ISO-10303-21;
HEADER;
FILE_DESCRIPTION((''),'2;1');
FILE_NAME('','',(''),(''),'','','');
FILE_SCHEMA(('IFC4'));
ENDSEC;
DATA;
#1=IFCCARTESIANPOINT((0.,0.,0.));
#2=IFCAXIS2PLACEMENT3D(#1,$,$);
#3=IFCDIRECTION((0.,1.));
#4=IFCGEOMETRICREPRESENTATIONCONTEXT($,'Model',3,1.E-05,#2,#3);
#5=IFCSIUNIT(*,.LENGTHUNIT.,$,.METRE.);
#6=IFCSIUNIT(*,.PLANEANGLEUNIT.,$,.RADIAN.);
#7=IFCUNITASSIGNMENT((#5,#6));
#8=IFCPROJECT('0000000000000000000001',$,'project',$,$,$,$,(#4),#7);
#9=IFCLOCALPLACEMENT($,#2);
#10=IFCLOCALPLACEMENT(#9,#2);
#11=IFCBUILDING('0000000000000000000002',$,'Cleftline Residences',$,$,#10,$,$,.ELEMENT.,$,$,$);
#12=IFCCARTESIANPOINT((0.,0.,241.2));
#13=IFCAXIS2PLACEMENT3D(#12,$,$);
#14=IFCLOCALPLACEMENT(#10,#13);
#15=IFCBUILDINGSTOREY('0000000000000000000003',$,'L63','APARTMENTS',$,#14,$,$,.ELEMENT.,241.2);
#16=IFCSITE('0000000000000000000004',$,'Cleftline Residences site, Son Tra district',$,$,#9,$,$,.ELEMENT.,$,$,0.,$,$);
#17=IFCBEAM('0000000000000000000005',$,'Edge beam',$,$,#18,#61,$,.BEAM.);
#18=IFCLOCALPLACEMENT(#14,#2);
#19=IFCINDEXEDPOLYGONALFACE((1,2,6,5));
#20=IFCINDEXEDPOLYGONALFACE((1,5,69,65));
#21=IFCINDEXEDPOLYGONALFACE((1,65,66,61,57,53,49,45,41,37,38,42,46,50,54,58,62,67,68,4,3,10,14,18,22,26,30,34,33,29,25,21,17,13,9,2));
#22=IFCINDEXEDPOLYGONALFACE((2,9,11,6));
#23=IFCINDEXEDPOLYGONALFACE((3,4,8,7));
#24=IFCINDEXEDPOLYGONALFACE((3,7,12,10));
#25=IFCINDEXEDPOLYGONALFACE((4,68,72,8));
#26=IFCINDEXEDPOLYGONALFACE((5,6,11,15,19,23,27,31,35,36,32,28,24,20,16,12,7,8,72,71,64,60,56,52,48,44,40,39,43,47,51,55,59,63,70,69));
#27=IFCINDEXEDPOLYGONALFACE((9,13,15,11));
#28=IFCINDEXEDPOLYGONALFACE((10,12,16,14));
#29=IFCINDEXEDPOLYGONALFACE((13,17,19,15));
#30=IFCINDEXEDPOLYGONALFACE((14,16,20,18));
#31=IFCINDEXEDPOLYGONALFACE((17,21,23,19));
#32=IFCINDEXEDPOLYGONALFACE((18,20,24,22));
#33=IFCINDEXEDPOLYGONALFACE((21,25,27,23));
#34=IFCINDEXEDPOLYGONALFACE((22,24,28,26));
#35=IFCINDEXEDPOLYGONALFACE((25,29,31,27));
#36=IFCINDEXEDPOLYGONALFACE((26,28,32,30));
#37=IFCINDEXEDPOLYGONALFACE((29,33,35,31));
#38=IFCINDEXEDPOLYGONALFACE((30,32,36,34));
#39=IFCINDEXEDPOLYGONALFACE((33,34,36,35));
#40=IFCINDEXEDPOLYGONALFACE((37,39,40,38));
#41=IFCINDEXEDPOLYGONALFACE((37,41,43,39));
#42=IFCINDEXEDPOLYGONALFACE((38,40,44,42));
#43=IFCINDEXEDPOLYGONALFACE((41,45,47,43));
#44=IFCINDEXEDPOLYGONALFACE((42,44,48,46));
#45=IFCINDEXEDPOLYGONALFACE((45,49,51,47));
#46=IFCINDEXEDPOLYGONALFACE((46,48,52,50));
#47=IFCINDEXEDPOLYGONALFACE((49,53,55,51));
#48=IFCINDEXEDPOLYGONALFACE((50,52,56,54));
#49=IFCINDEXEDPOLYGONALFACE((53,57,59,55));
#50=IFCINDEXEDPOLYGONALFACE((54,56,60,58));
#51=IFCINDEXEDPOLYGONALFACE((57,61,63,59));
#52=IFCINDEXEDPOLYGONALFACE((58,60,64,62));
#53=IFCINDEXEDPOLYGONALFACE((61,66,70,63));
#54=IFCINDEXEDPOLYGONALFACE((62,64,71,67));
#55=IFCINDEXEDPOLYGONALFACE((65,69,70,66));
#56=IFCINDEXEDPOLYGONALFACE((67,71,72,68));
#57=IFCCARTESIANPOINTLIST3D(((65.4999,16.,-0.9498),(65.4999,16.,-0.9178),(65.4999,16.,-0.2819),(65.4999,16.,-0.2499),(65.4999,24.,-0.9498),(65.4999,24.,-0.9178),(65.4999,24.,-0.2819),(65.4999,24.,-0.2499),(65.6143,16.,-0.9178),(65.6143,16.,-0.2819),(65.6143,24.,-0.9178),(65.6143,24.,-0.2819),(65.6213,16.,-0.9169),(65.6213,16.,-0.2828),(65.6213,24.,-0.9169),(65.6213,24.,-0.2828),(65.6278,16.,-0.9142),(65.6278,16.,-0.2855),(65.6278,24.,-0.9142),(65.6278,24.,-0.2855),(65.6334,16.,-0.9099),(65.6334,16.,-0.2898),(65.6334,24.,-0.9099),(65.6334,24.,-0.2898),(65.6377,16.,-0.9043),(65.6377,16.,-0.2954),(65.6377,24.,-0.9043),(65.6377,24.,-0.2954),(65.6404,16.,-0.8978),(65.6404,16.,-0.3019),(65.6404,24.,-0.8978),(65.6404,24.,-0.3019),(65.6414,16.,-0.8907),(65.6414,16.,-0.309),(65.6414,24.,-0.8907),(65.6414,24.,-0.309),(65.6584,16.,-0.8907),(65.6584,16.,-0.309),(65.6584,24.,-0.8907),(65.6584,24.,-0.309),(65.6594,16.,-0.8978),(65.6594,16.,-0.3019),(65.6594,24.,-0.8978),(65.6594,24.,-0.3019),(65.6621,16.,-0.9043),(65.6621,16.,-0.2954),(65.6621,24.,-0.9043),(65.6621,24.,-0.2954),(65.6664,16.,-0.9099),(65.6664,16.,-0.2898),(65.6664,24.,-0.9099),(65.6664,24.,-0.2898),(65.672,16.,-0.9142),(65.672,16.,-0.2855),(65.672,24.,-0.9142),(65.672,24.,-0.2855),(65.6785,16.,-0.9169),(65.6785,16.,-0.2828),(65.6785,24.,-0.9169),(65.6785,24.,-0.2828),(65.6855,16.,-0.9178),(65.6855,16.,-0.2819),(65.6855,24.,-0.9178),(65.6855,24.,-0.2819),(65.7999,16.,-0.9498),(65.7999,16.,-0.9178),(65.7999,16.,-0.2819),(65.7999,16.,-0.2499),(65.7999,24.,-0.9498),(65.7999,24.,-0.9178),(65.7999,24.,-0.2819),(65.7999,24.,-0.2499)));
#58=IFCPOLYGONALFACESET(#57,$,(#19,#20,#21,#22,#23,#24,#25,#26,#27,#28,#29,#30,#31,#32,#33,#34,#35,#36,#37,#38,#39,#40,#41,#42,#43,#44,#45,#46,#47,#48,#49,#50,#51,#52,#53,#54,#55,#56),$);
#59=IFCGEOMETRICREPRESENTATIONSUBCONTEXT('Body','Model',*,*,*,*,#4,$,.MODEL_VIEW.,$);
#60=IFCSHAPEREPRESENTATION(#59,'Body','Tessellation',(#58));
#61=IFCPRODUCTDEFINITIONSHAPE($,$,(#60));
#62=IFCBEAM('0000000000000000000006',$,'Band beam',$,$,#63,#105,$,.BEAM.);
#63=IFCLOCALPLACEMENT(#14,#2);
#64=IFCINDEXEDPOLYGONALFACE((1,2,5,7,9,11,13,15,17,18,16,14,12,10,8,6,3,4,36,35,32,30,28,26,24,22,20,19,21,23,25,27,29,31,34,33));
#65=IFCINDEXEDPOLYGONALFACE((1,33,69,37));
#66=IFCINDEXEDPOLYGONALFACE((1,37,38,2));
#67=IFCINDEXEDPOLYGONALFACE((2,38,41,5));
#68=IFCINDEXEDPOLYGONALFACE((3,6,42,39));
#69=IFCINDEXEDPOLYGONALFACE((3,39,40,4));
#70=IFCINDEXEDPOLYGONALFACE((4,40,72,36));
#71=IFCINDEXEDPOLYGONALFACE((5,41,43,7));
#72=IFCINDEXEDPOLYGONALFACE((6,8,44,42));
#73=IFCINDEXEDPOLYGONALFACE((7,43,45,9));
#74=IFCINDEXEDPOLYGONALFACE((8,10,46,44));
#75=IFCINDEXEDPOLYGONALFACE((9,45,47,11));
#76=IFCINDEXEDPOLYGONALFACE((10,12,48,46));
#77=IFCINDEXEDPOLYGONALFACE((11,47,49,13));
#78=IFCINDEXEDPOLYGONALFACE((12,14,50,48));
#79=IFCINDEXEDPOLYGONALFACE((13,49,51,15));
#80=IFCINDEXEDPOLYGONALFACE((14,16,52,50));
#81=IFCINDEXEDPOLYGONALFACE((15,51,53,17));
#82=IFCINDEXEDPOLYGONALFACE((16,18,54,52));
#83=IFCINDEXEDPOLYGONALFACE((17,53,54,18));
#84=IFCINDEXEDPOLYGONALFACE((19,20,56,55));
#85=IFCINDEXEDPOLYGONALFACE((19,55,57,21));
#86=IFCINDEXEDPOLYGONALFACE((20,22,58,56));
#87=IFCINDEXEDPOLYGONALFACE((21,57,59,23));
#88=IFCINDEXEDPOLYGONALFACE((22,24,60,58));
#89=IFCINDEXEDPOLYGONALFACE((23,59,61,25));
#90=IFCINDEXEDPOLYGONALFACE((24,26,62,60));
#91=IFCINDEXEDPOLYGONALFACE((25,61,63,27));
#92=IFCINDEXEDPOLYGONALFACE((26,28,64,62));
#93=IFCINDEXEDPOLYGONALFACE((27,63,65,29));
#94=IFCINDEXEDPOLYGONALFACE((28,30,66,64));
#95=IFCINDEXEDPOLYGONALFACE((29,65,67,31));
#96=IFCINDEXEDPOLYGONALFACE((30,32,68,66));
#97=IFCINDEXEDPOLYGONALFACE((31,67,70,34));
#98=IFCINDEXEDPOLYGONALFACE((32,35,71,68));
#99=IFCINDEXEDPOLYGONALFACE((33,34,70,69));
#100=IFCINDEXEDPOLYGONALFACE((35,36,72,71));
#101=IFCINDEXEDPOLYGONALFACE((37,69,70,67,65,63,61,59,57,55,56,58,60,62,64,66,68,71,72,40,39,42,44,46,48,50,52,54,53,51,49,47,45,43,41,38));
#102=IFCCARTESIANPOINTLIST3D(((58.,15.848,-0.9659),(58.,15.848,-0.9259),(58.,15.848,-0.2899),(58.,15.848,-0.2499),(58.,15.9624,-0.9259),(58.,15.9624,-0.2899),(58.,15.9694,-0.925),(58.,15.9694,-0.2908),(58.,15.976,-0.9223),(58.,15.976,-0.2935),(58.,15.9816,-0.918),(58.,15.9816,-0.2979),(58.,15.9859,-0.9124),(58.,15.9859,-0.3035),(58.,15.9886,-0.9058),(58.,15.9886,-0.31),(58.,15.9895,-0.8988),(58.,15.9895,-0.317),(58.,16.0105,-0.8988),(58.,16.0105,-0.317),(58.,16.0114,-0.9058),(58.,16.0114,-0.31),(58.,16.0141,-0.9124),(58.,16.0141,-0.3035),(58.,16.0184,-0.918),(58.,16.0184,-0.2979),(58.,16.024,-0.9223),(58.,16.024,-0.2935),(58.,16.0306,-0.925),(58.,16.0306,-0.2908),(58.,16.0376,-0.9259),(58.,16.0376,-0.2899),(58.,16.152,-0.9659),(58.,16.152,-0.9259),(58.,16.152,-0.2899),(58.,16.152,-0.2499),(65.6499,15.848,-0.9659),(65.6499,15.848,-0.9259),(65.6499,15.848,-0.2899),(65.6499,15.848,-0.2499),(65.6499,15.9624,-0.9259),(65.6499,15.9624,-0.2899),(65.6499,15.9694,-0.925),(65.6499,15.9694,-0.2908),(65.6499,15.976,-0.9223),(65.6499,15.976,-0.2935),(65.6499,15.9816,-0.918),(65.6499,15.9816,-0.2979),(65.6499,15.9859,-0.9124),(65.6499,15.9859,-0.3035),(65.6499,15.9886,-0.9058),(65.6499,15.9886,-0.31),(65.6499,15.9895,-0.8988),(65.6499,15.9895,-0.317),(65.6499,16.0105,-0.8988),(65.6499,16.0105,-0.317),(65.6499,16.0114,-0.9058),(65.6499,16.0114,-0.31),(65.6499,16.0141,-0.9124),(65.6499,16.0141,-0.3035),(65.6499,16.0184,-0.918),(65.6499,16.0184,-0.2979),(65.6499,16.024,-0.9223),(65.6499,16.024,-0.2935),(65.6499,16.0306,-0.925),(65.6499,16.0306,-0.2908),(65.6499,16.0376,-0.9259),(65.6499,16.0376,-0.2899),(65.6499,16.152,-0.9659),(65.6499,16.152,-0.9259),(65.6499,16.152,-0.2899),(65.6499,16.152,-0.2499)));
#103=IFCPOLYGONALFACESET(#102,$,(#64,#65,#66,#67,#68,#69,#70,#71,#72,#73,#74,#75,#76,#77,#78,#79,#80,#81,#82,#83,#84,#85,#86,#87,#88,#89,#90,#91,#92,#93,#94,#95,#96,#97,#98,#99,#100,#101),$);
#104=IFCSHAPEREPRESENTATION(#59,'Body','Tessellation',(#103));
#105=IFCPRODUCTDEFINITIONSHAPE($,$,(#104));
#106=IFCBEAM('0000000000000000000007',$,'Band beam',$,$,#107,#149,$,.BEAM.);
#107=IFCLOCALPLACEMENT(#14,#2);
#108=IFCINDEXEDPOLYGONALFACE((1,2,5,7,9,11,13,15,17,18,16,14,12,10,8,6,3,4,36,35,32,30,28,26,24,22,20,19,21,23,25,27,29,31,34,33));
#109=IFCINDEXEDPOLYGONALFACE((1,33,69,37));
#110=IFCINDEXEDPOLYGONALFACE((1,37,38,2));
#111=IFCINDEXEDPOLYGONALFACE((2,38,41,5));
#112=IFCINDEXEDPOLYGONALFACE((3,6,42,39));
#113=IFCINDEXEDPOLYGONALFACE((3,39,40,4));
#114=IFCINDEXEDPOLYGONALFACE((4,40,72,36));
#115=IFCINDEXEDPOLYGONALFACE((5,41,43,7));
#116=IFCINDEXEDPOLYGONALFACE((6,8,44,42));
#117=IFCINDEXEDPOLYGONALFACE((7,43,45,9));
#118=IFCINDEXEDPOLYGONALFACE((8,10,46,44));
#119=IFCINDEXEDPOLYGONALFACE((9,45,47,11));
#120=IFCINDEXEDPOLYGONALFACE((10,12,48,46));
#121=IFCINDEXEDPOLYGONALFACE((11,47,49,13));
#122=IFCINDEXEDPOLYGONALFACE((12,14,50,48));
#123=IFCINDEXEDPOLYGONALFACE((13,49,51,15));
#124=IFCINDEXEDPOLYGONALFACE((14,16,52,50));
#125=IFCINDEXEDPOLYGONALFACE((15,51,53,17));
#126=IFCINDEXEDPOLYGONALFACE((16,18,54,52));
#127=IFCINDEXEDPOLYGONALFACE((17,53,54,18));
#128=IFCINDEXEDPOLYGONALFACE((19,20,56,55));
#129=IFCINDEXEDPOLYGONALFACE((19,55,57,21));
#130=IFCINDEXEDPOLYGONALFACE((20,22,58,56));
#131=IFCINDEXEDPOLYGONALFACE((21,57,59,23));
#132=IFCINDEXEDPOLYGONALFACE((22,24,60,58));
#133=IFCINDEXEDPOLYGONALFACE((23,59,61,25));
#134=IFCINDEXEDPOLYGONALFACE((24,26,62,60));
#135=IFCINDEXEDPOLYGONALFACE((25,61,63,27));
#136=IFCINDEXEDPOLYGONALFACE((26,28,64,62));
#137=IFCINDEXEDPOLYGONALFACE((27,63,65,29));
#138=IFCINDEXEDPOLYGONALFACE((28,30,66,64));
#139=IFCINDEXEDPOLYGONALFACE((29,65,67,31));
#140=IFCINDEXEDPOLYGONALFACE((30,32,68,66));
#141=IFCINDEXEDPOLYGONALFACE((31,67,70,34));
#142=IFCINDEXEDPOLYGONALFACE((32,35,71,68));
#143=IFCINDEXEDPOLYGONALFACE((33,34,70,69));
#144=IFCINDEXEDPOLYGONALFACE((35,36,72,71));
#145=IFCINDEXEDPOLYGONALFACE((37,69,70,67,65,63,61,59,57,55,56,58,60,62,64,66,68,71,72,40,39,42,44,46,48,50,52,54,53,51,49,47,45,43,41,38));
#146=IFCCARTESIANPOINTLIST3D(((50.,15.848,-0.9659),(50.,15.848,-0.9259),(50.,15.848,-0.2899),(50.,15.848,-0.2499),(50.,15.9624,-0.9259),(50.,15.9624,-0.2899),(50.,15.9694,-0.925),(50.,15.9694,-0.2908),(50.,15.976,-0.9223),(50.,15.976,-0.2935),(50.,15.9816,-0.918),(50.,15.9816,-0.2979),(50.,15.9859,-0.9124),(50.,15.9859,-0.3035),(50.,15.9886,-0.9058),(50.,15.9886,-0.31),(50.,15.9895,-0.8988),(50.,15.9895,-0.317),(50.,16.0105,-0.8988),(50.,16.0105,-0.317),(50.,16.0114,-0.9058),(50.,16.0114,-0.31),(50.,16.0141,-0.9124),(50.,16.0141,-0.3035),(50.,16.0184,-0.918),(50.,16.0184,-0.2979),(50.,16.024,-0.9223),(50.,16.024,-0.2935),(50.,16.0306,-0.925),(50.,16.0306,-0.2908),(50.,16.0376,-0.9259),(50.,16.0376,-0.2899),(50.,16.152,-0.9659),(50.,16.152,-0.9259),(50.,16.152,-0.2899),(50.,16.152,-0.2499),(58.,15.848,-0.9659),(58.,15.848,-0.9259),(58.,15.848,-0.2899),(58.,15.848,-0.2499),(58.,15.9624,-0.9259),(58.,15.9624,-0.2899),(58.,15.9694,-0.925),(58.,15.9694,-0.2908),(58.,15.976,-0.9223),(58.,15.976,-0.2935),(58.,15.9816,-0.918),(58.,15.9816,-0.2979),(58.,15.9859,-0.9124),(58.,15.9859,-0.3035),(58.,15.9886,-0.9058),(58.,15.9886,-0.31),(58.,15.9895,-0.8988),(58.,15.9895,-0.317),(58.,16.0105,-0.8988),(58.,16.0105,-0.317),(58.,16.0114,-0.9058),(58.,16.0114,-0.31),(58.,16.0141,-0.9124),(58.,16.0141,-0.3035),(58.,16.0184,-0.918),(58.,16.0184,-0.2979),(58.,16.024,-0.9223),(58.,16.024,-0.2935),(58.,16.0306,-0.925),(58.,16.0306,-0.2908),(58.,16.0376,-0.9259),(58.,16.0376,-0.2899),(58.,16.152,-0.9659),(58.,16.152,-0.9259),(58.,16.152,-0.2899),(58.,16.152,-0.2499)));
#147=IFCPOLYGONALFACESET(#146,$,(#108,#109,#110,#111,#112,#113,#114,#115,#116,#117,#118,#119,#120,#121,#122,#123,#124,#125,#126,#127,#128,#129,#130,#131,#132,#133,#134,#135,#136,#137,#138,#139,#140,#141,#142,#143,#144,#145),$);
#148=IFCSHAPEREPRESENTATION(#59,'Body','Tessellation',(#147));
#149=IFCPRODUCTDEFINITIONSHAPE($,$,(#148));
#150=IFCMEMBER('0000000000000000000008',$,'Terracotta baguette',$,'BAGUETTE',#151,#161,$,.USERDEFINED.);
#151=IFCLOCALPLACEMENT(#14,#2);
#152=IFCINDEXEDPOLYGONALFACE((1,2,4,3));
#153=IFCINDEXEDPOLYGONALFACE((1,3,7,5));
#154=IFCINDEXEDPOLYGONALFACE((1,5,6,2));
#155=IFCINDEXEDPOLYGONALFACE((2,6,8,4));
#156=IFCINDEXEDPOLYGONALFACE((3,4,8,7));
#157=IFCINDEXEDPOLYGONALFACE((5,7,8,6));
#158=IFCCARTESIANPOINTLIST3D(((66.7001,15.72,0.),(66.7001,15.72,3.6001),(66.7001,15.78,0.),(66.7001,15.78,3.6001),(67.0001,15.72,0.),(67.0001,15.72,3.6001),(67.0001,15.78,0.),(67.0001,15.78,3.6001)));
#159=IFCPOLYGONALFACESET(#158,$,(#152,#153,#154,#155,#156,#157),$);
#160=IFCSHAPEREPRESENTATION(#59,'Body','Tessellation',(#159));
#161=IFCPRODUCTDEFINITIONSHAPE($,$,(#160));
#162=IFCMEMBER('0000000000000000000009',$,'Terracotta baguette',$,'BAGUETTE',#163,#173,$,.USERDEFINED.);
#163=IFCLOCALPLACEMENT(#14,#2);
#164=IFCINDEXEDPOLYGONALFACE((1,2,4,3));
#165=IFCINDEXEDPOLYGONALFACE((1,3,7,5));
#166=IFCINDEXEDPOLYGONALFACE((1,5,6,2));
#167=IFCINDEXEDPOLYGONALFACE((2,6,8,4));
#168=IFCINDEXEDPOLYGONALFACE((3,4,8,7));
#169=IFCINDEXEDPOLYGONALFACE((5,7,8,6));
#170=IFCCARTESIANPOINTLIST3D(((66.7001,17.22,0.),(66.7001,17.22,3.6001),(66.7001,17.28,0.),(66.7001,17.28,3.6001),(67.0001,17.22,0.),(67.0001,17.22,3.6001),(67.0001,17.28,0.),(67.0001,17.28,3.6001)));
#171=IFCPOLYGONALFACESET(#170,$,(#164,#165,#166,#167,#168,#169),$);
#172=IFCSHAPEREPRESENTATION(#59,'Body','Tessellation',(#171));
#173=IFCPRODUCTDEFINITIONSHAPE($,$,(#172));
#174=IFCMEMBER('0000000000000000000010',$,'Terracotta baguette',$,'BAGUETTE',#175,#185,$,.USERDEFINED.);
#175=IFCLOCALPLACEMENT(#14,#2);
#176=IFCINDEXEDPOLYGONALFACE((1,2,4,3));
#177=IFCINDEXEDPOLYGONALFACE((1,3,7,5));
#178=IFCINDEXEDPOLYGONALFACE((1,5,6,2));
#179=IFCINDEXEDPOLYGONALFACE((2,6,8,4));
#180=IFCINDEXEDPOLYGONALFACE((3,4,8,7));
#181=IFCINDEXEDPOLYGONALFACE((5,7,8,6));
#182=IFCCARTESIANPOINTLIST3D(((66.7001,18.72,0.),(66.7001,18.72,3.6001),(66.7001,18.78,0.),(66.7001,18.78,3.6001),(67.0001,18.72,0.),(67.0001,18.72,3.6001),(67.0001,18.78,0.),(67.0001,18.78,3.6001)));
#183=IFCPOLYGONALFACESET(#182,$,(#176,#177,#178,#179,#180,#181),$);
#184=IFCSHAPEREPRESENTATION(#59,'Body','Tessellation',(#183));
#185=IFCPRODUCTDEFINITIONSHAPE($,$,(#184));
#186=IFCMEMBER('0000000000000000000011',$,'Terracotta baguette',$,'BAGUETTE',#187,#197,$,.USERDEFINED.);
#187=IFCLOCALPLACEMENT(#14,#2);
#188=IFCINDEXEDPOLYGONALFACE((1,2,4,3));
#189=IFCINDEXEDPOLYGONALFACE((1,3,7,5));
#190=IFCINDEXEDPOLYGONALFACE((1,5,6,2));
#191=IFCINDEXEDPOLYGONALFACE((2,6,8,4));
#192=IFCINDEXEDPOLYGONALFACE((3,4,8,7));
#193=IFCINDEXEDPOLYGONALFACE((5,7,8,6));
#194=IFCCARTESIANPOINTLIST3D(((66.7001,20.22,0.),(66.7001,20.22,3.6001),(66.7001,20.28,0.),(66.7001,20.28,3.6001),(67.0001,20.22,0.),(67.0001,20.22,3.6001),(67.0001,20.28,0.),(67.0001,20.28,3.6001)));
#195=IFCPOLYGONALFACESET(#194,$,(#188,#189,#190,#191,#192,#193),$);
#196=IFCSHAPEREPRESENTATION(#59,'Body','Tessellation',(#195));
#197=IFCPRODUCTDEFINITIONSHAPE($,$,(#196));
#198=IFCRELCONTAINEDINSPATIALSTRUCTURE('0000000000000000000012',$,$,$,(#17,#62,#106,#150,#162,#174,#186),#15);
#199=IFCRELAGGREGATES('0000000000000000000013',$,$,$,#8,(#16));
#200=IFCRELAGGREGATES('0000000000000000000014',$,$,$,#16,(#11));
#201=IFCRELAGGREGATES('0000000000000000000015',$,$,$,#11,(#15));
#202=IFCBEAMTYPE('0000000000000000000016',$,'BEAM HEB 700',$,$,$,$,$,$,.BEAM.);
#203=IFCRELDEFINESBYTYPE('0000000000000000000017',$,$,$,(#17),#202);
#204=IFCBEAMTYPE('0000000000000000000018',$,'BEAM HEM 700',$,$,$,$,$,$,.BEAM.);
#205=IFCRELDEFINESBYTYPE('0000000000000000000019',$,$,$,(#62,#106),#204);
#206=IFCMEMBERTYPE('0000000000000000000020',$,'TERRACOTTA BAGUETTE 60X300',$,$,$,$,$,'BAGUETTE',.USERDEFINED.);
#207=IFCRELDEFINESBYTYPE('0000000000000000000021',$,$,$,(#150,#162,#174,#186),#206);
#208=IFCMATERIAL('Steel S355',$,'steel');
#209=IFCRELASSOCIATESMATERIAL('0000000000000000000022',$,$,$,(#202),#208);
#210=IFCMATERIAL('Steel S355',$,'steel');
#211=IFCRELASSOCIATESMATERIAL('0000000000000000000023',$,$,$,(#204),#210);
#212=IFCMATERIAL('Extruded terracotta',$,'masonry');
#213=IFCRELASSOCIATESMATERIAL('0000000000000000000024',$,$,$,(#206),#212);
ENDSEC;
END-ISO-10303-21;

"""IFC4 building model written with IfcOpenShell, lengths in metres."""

from ifc_helpers import new_model, si_unit, direction, frame, origin, origin_2d, place, context, subcontext, project, spatial, rectangle, i_section, extrude, material, material_profile, profile_set, type_object, element, save


model = new_model("IFC4")

# Units and contexts
model_context = context("Model", 3, precision=1e-05, world=origin(), true_north=direction((0.0, 1.0)))
body_context = subcontext(model_context, "Body", "Model", "MODEL_VIEW")
ifc_project = project(units=[si_unit("LENGTHUNIT", "METRE"), si_unit("PLANEANGLEUNIT", "RADIAN")], contexts=[model_context])

# Site, building, storey
site_placement = place(None, origin())
site = spatial("IfcSite", under=ifc_project, at=site_placement, Name="Cleftline Residences site, Son Tra district", CompositionType="ELEMENT", RefElevation=0.0)
building_placement = place(site_placement, origin())
building = spatial("IfcBuilding", under=site, at=building_placement, Name="Cleftline Residences", CompositionType="ELEMENT")
storey_placement = place(building_placement, frame((0.0, 0.0, 241.2)))
storey = spatial("IfcBuildingStorey", under=building, at=storey_placement, Name="L63", Description="APARTMENTS", CompositionType="ELEMENT", Elevation=241.2)

# Beams
ifc_material_1 = material(Name="Steel S355", Category="steel")
ifc_material_profile_1 = material_profile(ifc_material_1, i_section(OverallWidth=0.3, OverallDepth=0.7, WebThickness=0.0171, FlangeThickness=0.032, FilletRadius=0.0271, at=origin_2d()))
ifc_profile_set_1 = profile_set([ifc_material_profile_1], Name="Steel S355")
beam_type_1 = type_object("IfcBeamType", Name="BEAM HEB 700", PredefinedType="BEAM", material=ifc_profile_set_1)
beam_1_placement = place(storey_placement, frame((65.6499, 16.0, -0.5999), z_axis=(0.0, 1.0, 0.0), x_axis=(-1.0, 0.0, 0.0)))
element("IfcBeam", 1, at=beam_1_placement, inside=storey, type_object=beam_type_1, Name="Edge beam", PredefinedType="BEAM", context=body_context, shape_type="SweptSolid", body=[
    extrude(i_section(OverallWidth=0.3, OverallDepth=0.7, WebThickness=0.0171, FlangeThickness=0.032, FilletRadius=0.0271, at=origin_2d()), origin(), (0.0, 0.0, 1.0), 8.0),
])
ifc_material_2 = material(Name="Steel S355", Category="steel")
ifc_material_profile_2 = material_profile(ifc_material_2, i_section(OverallWidth=0.304, OverallDepth=0.7161, WebThickness=0.021, FlangeThickness=0.04, FilletRadius=0.0271, at=origin_2d()))
ifc_profile_set_2 = profile_set([ifc_material_profile_2], Name="Steel S355")
beam_type_2 = type_object("IfcBeamType", Name="BEAM HEM 700", PredefinedType="BEAM", material=ifc_profile_set_2)
beam_2_placement = place(storey_placement, frame((65.6499, 16.0, -0.6079), z_axis=(-1.0, 0.0, 0.0), x_axis=(0.0, -1.0, 0.0)))
element("IfcBeam", 2, at=beam_2_placement, inside=storey, type_object=beam_type_2, Name="Band beam", PredefinedType="BEAM", context=body_context, shape_type="SweptSolid", body=[
    extrude(i_section(OverallWidth=0.304, OverallDepth=0.7161, WebThickness=0.021, FlangeThickness=0.04, FilletRadius=0.0271, at=origin_2d()), origin(), (0.0, 0.0, 1.0), 7.6499),
])
beam_3_placement = place(storey_placement, frame((58.0, 16.0, -0.6079), z_axis=(-1.0, 0.0, 0.0), x_axis=(0.0, -1.0, 0.0)))
element("IfcBeam", 3, at=beam_3_placement, inside=storey, type_object=beam_type_2, Name="Band beam", PredefinedType="BEAM", context=body_context, shape_type="SweptSolid", body=[
    extrude(i_section(OverallWidth=0.304, OverallDepth=0.7161, WebThickness=0.021, FlangeThickness=0.04, FilletRadius=0.0271, at=origin_2d()), origin(), (0.0, 0.0, 1.0), 8.0),
])

# Members
ifc_material_3 = material(Name="Extruded terracotta", Category="masonry")
ifc_material_profile_3 = material_profile(ifc_material_3, rectangle(XDim=0.0601, YDim=0.3, at=origin_2d()))
ifc_profile_set_3 = profile_set([ifc_material_profile_3], Name="Extruded terracotta")
member_type_1 = type_object("IfcMemberType", Name="TERRACOTTA BAGUETTE 60X300", ElementType="BAGUETTE", PredefinedType="USERDEFINED", material=ifc_profile_set_3)
for number, where, z_axis, x_axis, name in (
    (4, (66.8501, 15.75, 0.0), (0.0, 0.0, 1.0), (0.0, 1.0, 0.0), "Terracotta baguette"),
    (5, (66.8501, 17.25, 0.0), (0.0, 0.0, 1.0), (0.0, 1.0, 0.0), "Terracotta baguette"),
    (6, (66.8501, 18.75, 0.0), (0.0, 0.0, 1.0), (0.0, 1.0, 0.0), "Terracotta baguette"),
    (7, (66.8501, 20.25, 0.0), (0.0, 0.0, 1.0), (0.0, 1.0, 0.0), "Terracotta baguette"),
):
    element("IfcMember", number, at=place(storey_placement, frame(where, z_axis=z_axis, x_axis=x_axis)), inside=storey, type_object=member_type_1, Name=name, ObjectType="BAGUETTE", PredefinedType="USERDEFINED", context=body_context, shape_type="SweptSolid", body=[
        extrude(rectangle(XDim=0.0601, YDim=0.3, at=origin_2d()), origin(), (0.0, 0.0, 1.0), 3.6001),
    ])

save(model, "model.ifc")
